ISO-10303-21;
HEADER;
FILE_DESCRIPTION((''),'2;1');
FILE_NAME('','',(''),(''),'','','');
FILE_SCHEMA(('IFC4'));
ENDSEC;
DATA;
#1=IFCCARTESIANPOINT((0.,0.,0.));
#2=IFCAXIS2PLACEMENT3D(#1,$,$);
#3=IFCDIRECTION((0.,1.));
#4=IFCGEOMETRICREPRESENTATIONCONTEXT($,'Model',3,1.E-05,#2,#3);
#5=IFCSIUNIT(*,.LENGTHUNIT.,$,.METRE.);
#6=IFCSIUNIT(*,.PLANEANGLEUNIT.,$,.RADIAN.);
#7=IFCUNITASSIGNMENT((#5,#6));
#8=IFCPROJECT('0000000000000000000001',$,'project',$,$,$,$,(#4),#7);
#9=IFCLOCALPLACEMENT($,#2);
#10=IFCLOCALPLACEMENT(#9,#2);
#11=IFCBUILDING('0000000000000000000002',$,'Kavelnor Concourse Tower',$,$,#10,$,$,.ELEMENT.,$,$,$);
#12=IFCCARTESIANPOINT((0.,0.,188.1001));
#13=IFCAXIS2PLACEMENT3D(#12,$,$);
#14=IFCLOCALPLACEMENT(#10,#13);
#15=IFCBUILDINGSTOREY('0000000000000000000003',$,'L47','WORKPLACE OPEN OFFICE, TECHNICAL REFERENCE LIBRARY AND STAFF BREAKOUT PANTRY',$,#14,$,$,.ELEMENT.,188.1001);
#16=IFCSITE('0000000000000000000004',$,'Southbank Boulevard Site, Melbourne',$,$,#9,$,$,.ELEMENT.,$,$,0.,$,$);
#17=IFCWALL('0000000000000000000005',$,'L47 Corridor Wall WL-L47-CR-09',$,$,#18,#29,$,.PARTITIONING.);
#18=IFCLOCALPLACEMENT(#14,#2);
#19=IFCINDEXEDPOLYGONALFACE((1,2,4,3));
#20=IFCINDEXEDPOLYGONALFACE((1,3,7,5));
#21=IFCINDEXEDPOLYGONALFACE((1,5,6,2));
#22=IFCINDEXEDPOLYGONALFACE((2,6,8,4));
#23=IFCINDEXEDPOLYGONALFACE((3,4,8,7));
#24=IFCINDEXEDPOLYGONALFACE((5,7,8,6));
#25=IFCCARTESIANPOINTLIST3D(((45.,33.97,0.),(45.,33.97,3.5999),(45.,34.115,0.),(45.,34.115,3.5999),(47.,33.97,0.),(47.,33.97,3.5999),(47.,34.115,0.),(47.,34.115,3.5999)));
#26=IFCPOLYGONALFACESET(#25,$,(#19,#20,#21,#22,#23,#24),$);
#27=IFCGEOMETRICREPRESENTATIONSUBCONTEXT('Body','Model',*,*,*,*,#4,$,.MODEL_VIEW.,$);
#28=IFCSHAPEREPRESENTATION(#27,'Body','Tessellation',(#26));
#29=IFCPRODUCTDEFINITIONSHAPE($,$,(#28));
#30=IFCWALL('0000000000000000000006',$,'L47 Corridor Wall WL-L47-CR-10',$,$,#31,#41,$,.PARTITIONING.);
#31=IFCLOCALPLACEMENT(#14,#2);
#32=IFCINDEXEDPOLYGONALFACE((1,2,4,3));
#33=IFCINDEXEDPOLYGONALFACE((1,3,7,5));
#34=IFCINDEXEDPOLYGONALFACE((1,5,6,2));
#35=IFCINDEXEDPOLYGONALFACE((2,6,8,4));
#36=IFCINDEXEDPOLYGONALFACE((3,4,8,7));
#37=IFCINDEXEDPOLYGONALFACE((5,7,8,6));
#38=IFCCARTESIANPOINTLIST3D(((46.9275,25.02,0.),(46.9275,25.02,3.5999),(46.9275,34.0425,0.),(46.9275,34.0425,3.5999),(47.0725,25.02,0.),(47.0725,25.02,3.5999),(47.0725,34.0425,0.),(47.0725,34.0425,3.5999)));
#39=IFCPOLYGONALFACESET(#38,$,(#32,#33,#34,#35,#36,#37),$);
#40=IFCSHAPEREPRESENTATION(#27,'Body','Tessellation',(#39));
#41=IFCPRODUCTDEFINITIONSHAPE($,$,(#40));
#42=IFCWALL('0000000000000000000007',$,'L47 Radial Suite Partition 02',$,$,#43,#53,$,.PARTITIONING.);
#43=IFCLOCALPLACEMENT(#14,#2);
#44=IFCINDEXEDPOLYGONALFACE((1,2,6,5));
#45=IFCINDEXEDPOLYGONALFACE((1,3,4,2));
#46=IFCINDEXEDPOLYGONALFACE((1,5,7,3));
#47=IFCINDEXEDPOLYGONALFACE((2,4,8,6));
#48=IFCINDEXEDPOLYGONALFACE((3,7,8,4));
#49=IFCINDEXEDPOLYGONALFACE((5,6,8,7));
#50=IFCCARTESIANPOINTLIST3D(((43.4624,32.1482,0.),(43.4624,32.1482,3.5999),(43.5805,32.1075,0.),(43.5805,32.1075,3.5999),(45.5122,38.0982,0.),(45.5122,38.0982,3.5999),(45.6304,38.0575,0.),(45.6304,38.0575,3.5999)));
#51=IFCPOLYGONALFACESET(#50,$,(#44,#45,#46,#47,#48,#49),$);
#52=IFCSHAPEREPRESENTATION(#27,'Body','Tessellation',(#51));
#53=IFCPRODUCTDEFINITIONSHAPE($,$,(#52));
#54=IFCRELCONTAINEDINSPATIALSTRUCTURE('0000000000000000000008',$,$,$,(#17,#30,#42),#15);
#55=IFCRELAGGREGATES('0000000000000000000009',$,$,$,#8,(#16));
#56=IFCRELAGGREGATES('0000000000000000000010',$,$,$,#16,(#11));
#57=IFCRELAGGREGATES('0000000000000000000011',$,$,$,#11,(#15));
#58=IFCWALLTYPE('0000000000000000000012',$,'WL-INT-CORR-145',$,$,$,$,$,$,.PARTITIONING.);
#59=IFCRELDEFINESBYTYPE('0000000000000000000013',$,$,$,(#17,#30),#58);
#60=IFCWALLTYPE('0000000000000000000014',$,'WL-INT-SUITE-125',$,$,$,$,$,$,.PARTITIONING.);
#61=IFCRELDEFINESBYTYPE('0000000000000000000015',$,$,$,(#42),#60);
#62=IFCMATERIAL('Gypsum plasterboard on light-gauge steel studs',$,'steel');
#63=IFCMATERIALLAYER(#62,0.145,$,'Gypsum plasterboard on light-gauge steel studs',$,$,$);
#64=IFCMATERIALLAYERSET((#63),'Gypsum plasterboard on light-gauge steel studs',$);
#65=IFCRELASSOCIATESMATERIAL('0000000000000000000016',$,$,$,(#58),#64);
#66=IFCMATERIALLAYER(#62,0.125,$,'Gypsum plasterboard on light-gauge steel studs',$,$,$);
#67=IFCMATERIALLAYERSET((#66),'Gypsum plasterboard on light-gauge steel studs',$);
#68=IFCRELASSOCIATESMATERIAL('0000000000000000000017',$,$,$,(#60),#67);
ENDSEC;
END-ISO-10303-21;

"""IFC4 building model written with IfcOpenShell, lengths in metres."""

from ifc_helpers import new_model, si_unit, direction, frame, frame_2d, origin, place, context, subcontext, project, spatial, rectangle, extrude, material, layer, layer_set, type_object, element, save


model = new_model("IFC4")

# Units and contexts
model_context = context("Model", 3, precision=1e-05, world=origin(), true_north=direction((0.0, 1.0)))
body_context = subcontext(model_context, "Body", "Model", "MODEL_VIEW")
ifc_project = project(units=[si_unit("LENGTHUNIT", "METRE"), si_unit("PLANEANGLEUNIT", "RADIAN")], contexts=[model_context])

# Site, building, storey
site_placement = place(None, origin())
site = spatial("IfcSite", under=ifc_project, at=site_placement, Name="Southbank Boulevard Site, Melbourne", CompositionType="ELEMENT", RefElevation=0.0)
building_placement = place(site_placement, origin())
building = spatial("IfcBuilding", under=site, at=building_placement, Name="Kavelnor Concourse Tower", CompositionType="ELEMENT")
storey_placement = place(building_placement, frame((0.0, 0.0, 188.1001)))
storey = spatial("IfcBuildingStorey", under=building, at=storey_placement, Name="L47", Description="WORKPLACE OPEN OFFICE, TECHNICAL REFERENCE LIBRARY AND STAFF BREAKOUT PANTRY", CompositionType="ELEMENT", Elevation=188.1001)

# Walls
ifc_material_1 = material(Name="Gypsum plasterboard on light-gauge steel studs", Category="steel")
ifc_layer_1 = layer(ifc_material_1, 0.145, Name="Gypsum plasterboard on light-gauge steel studs")
ifc_layer_set_1 = layer_set([ifc_layer_1], Name="Gypsum plasterboard on light-gauge steel studs")
wall_type_1 = type_object("IfcWallType", Name="WL-INT-CORR-145", PredefinedType="PARTITIONING", material=ifc_layer_set_1)
wall_1_placement = place(storey_placement, frame((45.0, 34.0425, 0.0), z_axis=(0.0, 0.0, 1.0), x_axis=(1.0, 0.0, 0.0)))
element("IfcWall", 1, at=wall_1_placement, inside=storey, type_object=wall_type_1, Name="L47 Corridor Wall WL-L47-CR-09", PredefinedType="PARTITIONING", context=body_context, shape_type="SweptSolid", body=[
    extrude(rectangle(XDim=2.0, YDim=0.145, at=frame_2d((1.0, 0.0))), origin(), (0.0, 0.0, 1.0), 3.5999),
])
wall_2_placement = place(storey_placement, frame((47.0, 34.0425, 0.0), z_axis=(0.0, 0.0, 1.0), x_axis=(0.0, -1.0, 0.0)))
element("IfcWall", 2, at=wall_2_placement, inside=storey, type_object=wall_type_1, Name="L47 Corridor Wall WL-L47-CR-10", PredefinedType="PARTITIONING", context=body_context, shape_type="SweptSolid", body=[
    extrude(rectangle(XDim=9.0225, YDim=0.145, at=frame_2d((4.5112, 0.0))), origin(), (0.0, 0.0, 1.0), 3.5999),
])
ifc_layer_2 = layer(ifc_material_1, 0.125, Name="Gypsum plasterboard on light-gauge steel studs")
ifc_layer_set_2 = layer_set([ifc_layer_2], Name="Gypsum plasterboard on light-gauge steel studs")
wall_type_2 = type_object("IfcWallType", Name="WL-INT-SUITE-125", PredefinedType="PARTITIONING", material=ifc_layer_set_2)
wall_3_placement = place(storey_placement, frame((43.5215, 32.1279, 0.0), z_axis=(0.0, 0.0, 1.0), x_axis=(0.32572, 0.945466, 0.0)))
element("IfcWall", 3, at=wall_3_placement, inside=storey, type_object=wall_type_2, Name="L47 Radial Suite Partition 02", PredefinedType="PARTITIONING", context=body_context, shape_type="SweptSolid", body=[
    extrude(rectangle(XDim=6.2932, YDim=0.125, at=frame_2d((3.1465, 0.0))), origin(), (0.0, 0.0, 1.0), 3.5999),
])

save(model, "model.ifc")
